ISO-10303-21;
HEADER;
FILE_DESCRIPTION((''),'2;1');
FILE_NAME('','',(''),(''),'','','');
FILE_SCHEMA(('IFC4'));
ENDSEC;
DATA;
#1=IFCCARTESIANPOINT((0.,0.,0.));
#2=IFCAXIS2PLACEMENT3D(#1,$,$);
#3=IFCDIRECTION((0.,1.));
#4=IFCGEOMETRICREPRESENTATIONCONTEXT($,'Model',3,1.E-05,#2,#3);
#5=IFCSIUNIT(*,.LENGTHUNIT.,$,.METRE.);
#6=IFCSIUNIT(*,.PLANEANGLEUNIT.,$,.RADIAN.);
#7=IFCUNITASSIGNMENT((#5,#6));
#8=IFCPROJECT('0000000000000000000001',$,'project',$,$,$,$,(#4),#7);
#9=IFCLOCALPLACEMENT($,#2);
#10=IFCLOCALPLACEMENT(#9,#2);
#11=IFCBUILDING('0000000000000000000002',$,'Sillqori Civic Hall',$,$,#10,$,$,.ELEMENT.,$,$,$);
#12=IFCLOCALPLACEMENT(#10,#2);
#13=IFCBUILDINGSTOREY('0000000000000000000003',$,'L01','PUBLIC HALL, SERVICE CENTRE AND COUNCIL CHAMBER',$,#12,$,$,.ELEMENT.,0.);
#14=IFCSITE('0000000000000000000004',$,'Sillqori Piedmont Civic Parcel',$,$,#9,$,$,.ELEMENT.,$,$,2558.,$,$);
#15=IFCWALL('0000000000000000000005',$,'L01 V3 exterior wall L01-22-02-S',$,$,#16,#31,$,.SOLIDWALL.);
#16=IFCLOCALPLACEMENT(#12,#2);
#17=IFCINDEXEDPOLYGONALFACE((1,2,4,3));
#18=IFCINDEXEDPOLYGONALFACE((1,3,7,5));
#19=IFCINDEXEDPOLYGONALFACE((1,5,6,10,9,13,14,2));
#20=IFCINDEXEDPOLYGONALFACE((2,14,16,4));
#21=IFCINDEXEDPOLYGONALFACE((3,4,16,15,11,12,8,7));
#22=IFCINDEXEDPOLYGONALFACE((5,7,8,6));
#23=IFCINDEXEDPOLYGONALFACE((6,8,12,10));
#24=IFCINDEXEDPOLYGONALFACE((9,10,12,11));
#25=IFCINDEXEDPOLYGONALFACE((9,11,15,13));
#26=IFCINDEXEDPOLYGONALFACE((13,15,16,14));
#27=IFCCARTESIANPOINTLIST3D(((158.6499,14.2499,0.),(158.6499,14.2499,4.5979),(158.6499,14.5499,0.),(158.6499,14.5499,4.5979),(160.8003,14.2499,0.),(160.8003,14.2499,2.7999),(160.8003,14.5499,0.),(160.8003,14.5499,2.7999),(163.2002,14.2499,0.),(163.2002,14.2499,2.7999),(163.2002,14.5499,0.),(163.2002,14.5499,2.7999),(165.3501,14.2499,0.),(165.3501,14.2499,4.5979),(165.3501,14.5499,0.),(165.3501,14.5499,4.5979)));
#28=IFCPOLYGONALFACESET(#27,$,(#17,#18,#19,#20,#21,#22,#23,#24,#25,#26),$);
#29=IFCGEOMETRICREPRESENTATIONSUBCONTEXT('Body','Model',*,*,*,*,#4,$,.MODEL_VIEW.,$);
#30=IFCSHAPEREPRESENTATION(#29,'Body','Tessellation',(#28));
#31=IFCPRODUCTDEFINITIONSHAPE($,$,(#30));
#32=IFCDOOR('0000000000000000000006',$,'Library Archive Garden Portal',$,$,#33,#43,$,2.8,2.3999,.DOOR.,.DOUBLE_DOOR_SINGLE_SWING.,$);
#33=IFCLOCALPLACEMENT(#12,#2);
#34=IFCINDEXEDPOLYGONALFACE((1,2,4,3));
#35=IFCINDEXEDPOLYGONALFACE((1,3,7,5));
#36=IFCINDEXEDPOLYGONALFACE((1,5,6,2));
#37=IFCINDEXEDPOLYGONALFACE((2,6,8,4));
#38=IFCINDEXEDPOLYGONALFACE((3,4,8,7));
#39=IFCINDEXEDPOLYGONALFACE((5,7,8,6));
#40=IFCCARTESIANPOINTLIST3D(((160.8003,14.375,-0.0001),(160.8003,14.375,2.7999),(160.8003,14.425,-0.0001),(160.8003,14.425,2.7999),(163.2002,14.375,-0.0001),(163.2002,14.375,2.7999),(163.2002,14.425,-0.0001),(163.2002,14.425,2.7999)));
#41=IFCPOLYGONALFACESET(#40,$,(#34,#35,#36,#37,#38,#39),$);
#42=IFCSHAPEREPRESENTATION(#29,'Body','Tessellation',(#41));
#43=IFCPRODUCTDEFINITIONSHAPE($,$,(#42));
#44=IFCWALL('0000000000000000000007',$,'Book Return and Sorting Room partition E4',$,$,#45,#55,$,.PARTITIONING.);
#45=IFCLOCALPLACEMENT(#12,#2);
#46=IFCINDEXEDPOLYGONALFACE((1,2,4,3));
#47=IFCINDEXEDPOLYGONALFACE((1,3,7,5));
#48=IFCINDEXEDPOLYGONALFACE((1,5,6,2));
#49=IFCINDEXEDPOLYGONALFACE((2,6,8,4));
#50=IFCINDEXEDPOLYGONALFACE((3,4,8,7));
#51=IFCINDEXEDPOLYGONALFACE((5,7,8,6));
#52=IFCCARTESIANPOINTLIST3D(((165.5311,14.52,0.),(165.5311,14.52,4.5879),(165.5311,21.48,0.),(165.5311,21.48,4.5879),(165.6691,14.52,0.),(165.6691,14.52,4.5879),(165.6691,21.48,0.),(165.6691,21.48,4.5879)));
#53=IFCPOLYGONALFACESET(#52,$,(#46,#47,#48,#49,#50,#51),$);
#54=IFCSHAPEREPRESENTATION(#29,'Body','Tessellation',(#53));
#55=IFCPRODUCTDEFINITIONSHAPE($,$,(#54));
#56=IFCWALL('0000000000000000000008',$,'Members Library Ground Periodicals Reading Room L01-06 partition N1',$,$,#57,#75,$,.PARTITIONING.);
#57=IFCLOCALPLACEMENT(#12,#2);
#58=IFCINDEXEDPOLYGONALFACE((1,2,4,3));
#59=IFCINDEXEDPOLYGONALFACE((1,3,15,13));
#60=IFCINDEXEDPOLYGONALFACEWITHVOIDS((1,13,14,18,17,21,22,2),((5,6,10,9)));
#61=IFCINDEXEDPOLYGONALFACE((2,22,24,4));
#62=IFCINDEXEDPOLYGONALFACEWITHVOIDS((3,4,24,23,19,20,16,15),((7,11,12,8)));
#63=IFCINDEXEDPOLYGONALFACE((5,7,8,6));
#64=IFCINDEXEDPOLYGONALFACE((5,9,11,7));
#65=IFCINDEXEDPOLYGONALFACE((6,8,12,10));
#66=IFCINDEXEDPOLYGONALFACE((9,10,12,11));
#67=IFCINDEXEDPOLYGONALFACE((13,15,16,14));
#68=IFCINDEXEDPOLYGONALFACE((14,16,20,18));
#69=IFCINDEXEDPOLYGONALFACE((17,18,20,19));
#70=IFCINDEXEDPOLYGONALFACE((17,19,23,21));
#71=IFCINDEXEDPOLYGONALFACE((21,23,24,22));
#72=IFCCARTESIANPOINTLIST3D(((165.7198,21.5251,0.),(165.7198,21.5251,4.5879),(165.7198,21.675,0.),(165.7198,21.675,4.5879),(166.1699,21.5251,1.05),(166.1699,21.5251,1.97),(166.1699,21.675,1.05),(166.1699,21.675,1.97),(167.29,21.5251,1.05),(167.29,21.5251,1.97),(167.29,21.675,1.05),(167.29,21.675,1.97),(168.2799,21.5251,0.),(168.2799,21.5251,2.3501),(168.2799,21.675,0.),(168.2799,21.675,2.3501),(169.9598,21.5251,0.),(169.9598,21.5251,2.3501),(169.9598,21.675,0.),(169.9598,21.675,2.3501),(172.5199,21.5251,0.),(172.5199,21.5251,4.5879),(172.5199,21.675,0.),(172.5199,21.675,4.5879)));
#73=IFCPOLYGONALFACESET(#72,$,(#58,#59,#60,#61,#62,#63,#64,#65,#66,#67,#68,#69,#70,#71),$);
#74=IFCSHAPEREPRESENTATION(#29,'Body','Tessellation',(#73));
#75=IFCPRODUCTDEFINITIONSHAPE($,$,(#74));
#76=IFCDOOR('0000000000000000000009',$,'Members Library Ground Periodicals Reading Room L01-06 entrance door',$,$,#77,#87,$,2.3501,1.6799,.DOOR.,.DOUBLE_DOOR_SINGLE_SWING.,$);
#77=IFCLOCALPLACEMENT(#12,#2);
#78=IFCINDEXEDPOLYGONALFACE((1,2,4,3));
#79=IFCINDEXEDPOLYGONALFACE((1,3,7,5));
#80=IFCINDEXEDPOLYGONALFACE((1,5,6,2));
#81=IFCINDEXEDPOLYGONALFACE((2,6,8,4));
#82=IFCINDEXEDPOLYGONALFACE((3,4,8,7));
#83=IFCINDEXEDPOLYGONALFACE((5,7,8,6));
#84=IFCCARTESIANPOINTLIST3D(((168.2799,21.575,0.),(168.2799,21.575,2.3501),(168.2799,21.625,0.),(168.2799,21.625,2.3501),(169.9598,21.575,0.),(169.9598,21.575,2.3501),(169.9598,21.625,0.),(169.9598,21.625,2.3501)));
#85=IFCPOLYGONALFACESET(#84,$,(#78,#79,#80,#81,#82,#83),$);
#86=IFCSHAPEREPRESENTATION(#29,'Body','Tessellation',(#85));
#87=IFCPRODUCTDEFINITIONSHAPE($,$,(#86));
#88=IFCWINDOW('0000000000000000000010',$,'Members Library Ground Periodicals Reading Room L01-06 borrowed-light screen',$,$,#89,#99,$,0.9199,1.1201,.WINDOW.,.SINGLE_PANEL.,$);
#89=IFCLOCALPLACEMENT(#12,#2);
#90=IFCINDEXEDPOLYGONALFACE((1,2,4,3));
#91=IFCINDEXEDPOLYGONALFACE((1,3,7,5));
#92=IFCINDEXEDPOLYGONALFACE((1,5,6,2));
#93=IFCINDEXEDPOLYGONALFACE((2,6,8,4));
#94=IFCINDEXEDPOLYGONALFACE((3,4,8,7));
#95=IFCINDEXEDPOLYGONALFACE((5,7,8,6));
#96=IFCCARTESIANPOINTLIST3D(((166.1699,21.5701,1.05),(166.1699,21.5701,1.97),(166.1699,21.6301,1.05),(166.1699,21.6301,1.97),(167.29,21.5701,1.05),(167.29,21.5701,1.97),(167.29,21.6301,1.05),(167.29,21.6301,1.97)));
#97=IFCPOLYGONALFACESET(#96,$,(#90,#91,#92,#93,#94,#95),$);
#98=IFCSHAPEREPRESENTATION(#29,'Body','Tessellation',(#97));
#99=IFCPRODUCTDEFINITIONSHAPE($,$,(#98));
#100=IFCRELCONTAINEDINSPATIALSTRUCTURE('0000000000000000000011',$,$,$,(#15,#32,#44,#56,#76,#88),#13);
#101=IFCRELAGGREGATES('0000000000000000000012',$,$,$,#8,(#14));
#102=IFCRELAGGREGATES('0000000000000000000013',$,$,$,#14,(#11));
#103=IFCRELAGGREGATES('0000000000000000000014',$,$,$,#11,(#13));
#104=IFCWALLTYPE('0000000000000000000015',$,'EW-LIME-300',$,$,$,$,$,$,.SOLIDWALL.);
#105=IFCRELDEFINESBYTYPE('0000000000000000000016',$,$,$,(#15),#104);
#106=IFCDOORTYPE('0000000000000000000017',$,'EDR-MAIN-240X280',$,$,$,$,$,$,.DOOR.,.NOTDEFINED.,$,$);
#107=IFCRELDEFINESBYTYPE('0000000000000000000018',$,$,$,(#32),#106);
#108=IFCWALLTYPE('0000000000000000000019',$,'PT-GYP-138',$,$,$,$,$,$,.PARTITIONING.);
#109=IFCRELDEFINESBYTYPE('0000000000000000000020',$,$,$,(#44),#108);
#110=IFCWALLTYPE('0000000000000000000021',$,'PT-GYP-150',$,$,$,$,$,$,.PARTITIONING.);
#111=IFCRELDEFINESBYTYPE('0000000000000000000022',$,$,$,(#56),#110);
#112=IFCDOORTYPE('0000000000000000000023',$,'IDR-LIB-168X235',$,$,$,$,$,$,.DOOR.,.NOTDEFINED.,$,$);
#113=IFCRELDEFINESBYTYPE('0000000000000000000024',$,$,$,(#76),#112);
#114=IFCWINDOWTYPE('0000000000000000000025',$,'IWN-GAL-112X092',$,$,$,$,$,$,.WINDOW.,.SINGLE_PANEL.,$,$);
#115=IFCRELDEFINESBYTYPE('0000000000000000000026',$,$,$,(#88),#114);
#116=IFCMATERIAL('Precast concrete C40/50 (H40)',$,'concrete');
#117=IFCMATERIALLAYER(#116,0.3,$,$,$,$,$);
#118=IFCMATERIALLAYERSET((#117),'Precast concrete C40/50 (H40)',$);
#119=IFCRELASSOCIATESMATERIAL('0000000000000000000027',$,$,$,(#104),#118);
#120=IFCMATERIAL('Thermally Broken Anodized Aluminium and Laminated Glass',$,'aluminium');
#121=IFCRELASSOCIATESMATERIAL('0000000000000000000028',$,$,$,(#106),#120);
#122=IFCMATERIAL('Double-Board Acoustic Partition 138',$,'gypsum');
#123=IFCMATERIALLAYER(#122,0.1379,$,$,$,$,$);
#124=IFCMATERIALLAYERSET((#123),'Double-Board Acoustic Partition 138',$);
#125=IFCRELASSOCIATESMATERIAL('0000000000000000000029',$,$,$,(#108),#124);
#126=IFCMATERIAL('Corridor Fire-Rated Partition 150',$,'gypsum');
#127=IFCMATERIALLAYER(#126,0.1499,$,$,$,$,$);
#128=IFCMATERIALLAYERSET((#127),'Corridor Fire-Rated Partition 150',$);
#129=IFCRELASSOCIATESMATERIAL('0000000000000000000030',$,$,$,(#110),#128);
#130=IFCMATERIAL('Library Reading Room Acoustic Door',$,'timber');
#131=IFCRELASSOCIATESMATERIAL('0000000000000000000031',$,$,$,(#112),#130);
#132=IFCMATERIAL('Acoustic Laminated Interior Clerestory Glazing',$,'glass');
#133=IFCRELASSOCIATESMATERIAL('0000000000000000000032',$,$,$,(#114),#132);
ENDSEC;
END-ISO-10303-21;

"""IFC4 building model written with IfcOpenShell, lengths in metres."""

from ifc_helpers import new_model, si_unit, direction, frame, frame_2d, origin, place, context, subcontext, project, spatial, rectangle, extrude, material, layer, layer_set, type_object, element, fill, save


model = new_model("IFC4")

# Units and contexts
model_context = context("Model", 3, precision=1e-05, world=origin(), true_north=direction((0.0, 1.0)))
body_context = subcontext(model_context, "Body", "Model", "MODEL_VIEW")
ifc_project = project(units=[si_unit("LENGTHUNIT", "METRE"), si_unit("PLANEANGLEUNIT", "RADIAN")], contexts=[model_context])

# Site, building, storey
site_placement = place(None, origin())
site = spatial("IfcSite", under=ifc_project, at=site_placement, Name="Sillqori Piedmont Civic Parcel", CompositionType="ELEMENT", RefElevation=2558.0)
building_placement = place(site_placement, origin())
building = spatial("IfcBuilding", under=site, at=building_placement, Name="Sillqori Civic Hall", CompositionType="ELEMENT")
storey_placement = place(building_placement, origin())
storey = spatial("IfcBuildingStorey", under=building, at=storey_placement, Name="L01", Description="PUBLIC HALL, SERVICE CENTRE AND COUNCIL CHAMBER", CompositionType="ELEMENT", Elevation=0.0)

# Wall, opening, door
ifc_material_1 = material(Name="Precast concrete C40/50 (H40)", Category="concrete")
ifc_layer_1 = layer(ifc_material_1, 0.3)
ifc_layer_set_1 = layer_set([ifc_layer_1], Name="Precast concrete C40/50 (H40)")
wall_type_1 = type_object("IfcWallType", Name="EW-LIME-300", PredefinedType="SOLIDWALL", material=ifc_layer_set_1)
wall_1_placement = place(storey_placement, frame((165.3501, 14.3999, 0.0), z_axis=(0.0, 0.0, 1.0), x_axis=(-1.0, 0.0, 0.0)))
wall_1 = element("IfcWall", 1, at=wall_1_placement, inside=storey, type_object=wall_type_1, Name="L01 V3 exterior wall L01-22-02-S", PredefinedType="SOLIDWALL", context=body_context, shape_type="SweptSolid", body=[
    extrude(rectangle(XDim=6.7002, YDim=0.3, at=frame_2d((3.3501, 0.0))), origin(), (0.0, 0.0, 1.0), 4.5979),
])
opening_1_placement = place(wall_1_placement, frame((2.1499, 0.0, 0.0)))
opening_1 = element("IfcOpeningElement", 2, at=opening_1_placement, cuts=wall_1, PredefinedType="OPENING", context=body_context, shape_type="SweptSolid", body=[
    extrude(rectangle(XDim=2.3999, YDim=2.8, at=frame_2d((1.2, 1.3999))), frame((0.0, 0.1599, 0.0), z_axis=(0.0, -1.0, 0.0), x_axis=(1.0, 0.0, 0.0)), (0.0, 0.0, 1.0), 0.3201),
])
ifc_material_2 = material(Name="Thermally Broken Anodized Aluminium and Laminated Glass", Category="aluminium")
door_type_1 = type_object("IfcDoorType", Name="EDR-MAIN-240X280", OperationType="NOTDEFINED", PredefinedType="DOOR", material=ifc_material_2)
door_1_placement = place(opening_1_placement, origin())
door_1 = element("IfcDoor", 3, at=door_1_placement, inside=storey, type_object=door_type_1, Name="Library Archive Garden Portal", OperationType="DOUBLE_DOOR_SINGLE_SWING", OverallHeight=2.8, OverallWidth=2.3999, PredefinedType="DOOR", context=body_context, shape_type="SweptSolid", body=[
    extrude(rectangle(XDim=2.3999, YDim=2.8, at=frame_2d((1.2, 1.3999))), frame((0.0, 0.0249, 0.0), z_axis=(0.0, -1.0, 0.0), x_axis=(1.0, 0.0, 0.0)), (0.0, 0.0, 1.0), 0.05),
])
fill(opening_1, door_1)

# Wall
ifc_material_3 = material(Name="Double-Board Acoustic Partition 138", Category="gypsum")
ifc_layer_2 = layer(ifc_material_3, 0.1379)
ifc_layer_set_2 = layer_set([ifc_layer_2], Name="Double-Board Acoustic Partition 138")
wall_type_2 = type_object("IfcWallType", Name="PT-GYP-138", PredefinedType="PARTITIONING", material=ifc_layer_set_2)
wall_2_placement = place(storey_placement, frame((165.6001, 21.48, 0.0), z_axis=(0.0, 0.0, 1.0), x_axis=(0.0, -1.0, 0.0)))
element("IfcWall", 4, at=wall_2_placement, inside=storey, type_object=wall_type_2, Name="Book Return and Sorting Room partition E4", PredefinedType="PARTITIONING", context=body_context, shape_type="SweptSolid", body=[
    extrude(rectangle(XDim=6.96, YDim=0.1379, at=frame_2d((3.48, 0.0))), origin(), (0.0, 0.0, 1.0), 4.5879),
])

# Wall, openings, door, window
ifc_material_4 = material(Name="Corridor Fire-Rated Partition 150", Category="gypsum")
ifc_layer_3 = layer(ifc_material_4, 0.1499)
ifc_layer_set_3 = layer_set([ifc_layer_3], Name="Corridor Fire-Rated Partition 150")
wall_type_3 = type_object("IfcWallType", Name="PT-GYP-150", PredefinedType="PARTITIONING", material=ifc_layer_set_3)
wall_3_placement = place(storey_placement, frame((165.72, 21.6001, 0.0), z_axis=(0.0, 0.0, 1.0), x_axis=(1.0, 0.0, 0.0)))
wall_3 = element("IfcWall", 5, at=wall_3_placement, inside=storey, type_object=wall_type_3, Name="Members Library Ground Periodicals Reading Room L01-06 partition N1", PredefinedType="PARTITIONING", context=body_context, shape_type="SweptSolid", body=[
    extrude(rectangle(XDim=6.8, YDim=0.1499, at=frame_2d((3.3999, 0.0))), origin(), (0.0, 0.0, 1.0), 4.5879),
])
opening_2_placement = place(wall_3_placement, frame((2.5601, 0.0, 0.0)))
opening_2 = element("IfcOpeningElement", 6, at=opening_2_placement, cuts=wall_3, PredefinedType="OPENING", context=body_context, shape_type="SweptSolid", body=[
    extrude(rectangle(XDim=1.6799, YDim=2.3501, at=frame_2d((0.8398, 1.175))), frame((0.0, 0.085, 0.0), z_axis=(0.0, -1.0, 0.0), x_axis=(1.0, 0.0, 0.0)), (0.0, 0.0, 1.0), 0.1699),
])
opening_3_placement = place(wall_3_placement, frame((0.45, 0.0, 1.05)))
opening_3 = element("IfcOpeningElement", 7, at=opening_3_placement, cuts=wall_3, PredefinedType="OPENING", context=body_context, shape_type="SweptSolid", body=[
    extrude(rectangle(XDim=1.1201, YDim=0.9199, at=frame_2d((0.5601, 0.46))), frame((0.0, 0.085, 0.0), z_axis=(0.0, -1.0, 0.0), x_axis=(1.0, 0.0, 0.0)), (0.0, 0.0, 1.0), 0.1699),
])
ifc_material_5 = material(Name="Library Reading Room Acoustic Door", Category="timber")
door_type_2 = type_object("IfcDoorType", Name="IDR-LIB-168X235", OperationType="NOTDEFINED", PredefinedType="DOOR", material=ifc_material_5)
door_2_placement = place(opening_2_placement, origin())
door_2 = element("IfcDoor", 8, at=door_2_placement, inside=storey, type_object=door_type_2, Name="Members Library Ground Periodicals Reading Room L01-06 entrance door", OperationType="DOUBLE_DOOR_SINGLE_SWING", OverallHeight=2.3501, OverallWidth=1.6799, PredefinedType="DOOR", context=body_context, shape_type="SweptSolid", body=[
    extrude(rectangle(XDim=1.6799, YDim=2.3501, at=frame_2d((0.8398, 1.175))), frame((0.0, 0.0249, 0.0), z_axis=(0.0, -1.0, 0.0), x_axis=(1.0, 0.0, 0.0)), (0.0, 0.0, 1.0), 0.05),
])
fill(opening_2, door_2)
ifc_material_6 = material(Name="Acoustic Laminated Interior Clerestory Glazing", Category="glass")
window_type = type_object("IfcWindowType", Name="IWN-GAL-112X092", PartitioningType="SINGLE_PANEL", PredefinedType="WINDOW", material=ifc_material_6)
window_placement = place(opening_3_placement, origin())
window = element("IfcWindow", 9, at=window_placement, inside=storey, type_object=window_type, Name="Members Library Ground Periodicals Reading Room L01-06 borrowed-light screen", OverallHeight=0.9199, OverallWidth=1.1201, PartitioningType="SINGLE_PANEL", PredefinedType="WINDOW", context=body_context, shape_type="SweptSolid", body=[
    extrude(rectangle(XDim=1.1201, YDim=0.9199, at=frame_2d((0.5601, 0.46))), frame((0.0, 0.03, 0.0), z_axis=(0.0, -1.0, 0.0), x_axis=(1.0, 0.0, 0.0)), (0.0, 0.0, 1.0), 0.0601),
])
fill(opening_3, window)

save(model, "model.ifc")
